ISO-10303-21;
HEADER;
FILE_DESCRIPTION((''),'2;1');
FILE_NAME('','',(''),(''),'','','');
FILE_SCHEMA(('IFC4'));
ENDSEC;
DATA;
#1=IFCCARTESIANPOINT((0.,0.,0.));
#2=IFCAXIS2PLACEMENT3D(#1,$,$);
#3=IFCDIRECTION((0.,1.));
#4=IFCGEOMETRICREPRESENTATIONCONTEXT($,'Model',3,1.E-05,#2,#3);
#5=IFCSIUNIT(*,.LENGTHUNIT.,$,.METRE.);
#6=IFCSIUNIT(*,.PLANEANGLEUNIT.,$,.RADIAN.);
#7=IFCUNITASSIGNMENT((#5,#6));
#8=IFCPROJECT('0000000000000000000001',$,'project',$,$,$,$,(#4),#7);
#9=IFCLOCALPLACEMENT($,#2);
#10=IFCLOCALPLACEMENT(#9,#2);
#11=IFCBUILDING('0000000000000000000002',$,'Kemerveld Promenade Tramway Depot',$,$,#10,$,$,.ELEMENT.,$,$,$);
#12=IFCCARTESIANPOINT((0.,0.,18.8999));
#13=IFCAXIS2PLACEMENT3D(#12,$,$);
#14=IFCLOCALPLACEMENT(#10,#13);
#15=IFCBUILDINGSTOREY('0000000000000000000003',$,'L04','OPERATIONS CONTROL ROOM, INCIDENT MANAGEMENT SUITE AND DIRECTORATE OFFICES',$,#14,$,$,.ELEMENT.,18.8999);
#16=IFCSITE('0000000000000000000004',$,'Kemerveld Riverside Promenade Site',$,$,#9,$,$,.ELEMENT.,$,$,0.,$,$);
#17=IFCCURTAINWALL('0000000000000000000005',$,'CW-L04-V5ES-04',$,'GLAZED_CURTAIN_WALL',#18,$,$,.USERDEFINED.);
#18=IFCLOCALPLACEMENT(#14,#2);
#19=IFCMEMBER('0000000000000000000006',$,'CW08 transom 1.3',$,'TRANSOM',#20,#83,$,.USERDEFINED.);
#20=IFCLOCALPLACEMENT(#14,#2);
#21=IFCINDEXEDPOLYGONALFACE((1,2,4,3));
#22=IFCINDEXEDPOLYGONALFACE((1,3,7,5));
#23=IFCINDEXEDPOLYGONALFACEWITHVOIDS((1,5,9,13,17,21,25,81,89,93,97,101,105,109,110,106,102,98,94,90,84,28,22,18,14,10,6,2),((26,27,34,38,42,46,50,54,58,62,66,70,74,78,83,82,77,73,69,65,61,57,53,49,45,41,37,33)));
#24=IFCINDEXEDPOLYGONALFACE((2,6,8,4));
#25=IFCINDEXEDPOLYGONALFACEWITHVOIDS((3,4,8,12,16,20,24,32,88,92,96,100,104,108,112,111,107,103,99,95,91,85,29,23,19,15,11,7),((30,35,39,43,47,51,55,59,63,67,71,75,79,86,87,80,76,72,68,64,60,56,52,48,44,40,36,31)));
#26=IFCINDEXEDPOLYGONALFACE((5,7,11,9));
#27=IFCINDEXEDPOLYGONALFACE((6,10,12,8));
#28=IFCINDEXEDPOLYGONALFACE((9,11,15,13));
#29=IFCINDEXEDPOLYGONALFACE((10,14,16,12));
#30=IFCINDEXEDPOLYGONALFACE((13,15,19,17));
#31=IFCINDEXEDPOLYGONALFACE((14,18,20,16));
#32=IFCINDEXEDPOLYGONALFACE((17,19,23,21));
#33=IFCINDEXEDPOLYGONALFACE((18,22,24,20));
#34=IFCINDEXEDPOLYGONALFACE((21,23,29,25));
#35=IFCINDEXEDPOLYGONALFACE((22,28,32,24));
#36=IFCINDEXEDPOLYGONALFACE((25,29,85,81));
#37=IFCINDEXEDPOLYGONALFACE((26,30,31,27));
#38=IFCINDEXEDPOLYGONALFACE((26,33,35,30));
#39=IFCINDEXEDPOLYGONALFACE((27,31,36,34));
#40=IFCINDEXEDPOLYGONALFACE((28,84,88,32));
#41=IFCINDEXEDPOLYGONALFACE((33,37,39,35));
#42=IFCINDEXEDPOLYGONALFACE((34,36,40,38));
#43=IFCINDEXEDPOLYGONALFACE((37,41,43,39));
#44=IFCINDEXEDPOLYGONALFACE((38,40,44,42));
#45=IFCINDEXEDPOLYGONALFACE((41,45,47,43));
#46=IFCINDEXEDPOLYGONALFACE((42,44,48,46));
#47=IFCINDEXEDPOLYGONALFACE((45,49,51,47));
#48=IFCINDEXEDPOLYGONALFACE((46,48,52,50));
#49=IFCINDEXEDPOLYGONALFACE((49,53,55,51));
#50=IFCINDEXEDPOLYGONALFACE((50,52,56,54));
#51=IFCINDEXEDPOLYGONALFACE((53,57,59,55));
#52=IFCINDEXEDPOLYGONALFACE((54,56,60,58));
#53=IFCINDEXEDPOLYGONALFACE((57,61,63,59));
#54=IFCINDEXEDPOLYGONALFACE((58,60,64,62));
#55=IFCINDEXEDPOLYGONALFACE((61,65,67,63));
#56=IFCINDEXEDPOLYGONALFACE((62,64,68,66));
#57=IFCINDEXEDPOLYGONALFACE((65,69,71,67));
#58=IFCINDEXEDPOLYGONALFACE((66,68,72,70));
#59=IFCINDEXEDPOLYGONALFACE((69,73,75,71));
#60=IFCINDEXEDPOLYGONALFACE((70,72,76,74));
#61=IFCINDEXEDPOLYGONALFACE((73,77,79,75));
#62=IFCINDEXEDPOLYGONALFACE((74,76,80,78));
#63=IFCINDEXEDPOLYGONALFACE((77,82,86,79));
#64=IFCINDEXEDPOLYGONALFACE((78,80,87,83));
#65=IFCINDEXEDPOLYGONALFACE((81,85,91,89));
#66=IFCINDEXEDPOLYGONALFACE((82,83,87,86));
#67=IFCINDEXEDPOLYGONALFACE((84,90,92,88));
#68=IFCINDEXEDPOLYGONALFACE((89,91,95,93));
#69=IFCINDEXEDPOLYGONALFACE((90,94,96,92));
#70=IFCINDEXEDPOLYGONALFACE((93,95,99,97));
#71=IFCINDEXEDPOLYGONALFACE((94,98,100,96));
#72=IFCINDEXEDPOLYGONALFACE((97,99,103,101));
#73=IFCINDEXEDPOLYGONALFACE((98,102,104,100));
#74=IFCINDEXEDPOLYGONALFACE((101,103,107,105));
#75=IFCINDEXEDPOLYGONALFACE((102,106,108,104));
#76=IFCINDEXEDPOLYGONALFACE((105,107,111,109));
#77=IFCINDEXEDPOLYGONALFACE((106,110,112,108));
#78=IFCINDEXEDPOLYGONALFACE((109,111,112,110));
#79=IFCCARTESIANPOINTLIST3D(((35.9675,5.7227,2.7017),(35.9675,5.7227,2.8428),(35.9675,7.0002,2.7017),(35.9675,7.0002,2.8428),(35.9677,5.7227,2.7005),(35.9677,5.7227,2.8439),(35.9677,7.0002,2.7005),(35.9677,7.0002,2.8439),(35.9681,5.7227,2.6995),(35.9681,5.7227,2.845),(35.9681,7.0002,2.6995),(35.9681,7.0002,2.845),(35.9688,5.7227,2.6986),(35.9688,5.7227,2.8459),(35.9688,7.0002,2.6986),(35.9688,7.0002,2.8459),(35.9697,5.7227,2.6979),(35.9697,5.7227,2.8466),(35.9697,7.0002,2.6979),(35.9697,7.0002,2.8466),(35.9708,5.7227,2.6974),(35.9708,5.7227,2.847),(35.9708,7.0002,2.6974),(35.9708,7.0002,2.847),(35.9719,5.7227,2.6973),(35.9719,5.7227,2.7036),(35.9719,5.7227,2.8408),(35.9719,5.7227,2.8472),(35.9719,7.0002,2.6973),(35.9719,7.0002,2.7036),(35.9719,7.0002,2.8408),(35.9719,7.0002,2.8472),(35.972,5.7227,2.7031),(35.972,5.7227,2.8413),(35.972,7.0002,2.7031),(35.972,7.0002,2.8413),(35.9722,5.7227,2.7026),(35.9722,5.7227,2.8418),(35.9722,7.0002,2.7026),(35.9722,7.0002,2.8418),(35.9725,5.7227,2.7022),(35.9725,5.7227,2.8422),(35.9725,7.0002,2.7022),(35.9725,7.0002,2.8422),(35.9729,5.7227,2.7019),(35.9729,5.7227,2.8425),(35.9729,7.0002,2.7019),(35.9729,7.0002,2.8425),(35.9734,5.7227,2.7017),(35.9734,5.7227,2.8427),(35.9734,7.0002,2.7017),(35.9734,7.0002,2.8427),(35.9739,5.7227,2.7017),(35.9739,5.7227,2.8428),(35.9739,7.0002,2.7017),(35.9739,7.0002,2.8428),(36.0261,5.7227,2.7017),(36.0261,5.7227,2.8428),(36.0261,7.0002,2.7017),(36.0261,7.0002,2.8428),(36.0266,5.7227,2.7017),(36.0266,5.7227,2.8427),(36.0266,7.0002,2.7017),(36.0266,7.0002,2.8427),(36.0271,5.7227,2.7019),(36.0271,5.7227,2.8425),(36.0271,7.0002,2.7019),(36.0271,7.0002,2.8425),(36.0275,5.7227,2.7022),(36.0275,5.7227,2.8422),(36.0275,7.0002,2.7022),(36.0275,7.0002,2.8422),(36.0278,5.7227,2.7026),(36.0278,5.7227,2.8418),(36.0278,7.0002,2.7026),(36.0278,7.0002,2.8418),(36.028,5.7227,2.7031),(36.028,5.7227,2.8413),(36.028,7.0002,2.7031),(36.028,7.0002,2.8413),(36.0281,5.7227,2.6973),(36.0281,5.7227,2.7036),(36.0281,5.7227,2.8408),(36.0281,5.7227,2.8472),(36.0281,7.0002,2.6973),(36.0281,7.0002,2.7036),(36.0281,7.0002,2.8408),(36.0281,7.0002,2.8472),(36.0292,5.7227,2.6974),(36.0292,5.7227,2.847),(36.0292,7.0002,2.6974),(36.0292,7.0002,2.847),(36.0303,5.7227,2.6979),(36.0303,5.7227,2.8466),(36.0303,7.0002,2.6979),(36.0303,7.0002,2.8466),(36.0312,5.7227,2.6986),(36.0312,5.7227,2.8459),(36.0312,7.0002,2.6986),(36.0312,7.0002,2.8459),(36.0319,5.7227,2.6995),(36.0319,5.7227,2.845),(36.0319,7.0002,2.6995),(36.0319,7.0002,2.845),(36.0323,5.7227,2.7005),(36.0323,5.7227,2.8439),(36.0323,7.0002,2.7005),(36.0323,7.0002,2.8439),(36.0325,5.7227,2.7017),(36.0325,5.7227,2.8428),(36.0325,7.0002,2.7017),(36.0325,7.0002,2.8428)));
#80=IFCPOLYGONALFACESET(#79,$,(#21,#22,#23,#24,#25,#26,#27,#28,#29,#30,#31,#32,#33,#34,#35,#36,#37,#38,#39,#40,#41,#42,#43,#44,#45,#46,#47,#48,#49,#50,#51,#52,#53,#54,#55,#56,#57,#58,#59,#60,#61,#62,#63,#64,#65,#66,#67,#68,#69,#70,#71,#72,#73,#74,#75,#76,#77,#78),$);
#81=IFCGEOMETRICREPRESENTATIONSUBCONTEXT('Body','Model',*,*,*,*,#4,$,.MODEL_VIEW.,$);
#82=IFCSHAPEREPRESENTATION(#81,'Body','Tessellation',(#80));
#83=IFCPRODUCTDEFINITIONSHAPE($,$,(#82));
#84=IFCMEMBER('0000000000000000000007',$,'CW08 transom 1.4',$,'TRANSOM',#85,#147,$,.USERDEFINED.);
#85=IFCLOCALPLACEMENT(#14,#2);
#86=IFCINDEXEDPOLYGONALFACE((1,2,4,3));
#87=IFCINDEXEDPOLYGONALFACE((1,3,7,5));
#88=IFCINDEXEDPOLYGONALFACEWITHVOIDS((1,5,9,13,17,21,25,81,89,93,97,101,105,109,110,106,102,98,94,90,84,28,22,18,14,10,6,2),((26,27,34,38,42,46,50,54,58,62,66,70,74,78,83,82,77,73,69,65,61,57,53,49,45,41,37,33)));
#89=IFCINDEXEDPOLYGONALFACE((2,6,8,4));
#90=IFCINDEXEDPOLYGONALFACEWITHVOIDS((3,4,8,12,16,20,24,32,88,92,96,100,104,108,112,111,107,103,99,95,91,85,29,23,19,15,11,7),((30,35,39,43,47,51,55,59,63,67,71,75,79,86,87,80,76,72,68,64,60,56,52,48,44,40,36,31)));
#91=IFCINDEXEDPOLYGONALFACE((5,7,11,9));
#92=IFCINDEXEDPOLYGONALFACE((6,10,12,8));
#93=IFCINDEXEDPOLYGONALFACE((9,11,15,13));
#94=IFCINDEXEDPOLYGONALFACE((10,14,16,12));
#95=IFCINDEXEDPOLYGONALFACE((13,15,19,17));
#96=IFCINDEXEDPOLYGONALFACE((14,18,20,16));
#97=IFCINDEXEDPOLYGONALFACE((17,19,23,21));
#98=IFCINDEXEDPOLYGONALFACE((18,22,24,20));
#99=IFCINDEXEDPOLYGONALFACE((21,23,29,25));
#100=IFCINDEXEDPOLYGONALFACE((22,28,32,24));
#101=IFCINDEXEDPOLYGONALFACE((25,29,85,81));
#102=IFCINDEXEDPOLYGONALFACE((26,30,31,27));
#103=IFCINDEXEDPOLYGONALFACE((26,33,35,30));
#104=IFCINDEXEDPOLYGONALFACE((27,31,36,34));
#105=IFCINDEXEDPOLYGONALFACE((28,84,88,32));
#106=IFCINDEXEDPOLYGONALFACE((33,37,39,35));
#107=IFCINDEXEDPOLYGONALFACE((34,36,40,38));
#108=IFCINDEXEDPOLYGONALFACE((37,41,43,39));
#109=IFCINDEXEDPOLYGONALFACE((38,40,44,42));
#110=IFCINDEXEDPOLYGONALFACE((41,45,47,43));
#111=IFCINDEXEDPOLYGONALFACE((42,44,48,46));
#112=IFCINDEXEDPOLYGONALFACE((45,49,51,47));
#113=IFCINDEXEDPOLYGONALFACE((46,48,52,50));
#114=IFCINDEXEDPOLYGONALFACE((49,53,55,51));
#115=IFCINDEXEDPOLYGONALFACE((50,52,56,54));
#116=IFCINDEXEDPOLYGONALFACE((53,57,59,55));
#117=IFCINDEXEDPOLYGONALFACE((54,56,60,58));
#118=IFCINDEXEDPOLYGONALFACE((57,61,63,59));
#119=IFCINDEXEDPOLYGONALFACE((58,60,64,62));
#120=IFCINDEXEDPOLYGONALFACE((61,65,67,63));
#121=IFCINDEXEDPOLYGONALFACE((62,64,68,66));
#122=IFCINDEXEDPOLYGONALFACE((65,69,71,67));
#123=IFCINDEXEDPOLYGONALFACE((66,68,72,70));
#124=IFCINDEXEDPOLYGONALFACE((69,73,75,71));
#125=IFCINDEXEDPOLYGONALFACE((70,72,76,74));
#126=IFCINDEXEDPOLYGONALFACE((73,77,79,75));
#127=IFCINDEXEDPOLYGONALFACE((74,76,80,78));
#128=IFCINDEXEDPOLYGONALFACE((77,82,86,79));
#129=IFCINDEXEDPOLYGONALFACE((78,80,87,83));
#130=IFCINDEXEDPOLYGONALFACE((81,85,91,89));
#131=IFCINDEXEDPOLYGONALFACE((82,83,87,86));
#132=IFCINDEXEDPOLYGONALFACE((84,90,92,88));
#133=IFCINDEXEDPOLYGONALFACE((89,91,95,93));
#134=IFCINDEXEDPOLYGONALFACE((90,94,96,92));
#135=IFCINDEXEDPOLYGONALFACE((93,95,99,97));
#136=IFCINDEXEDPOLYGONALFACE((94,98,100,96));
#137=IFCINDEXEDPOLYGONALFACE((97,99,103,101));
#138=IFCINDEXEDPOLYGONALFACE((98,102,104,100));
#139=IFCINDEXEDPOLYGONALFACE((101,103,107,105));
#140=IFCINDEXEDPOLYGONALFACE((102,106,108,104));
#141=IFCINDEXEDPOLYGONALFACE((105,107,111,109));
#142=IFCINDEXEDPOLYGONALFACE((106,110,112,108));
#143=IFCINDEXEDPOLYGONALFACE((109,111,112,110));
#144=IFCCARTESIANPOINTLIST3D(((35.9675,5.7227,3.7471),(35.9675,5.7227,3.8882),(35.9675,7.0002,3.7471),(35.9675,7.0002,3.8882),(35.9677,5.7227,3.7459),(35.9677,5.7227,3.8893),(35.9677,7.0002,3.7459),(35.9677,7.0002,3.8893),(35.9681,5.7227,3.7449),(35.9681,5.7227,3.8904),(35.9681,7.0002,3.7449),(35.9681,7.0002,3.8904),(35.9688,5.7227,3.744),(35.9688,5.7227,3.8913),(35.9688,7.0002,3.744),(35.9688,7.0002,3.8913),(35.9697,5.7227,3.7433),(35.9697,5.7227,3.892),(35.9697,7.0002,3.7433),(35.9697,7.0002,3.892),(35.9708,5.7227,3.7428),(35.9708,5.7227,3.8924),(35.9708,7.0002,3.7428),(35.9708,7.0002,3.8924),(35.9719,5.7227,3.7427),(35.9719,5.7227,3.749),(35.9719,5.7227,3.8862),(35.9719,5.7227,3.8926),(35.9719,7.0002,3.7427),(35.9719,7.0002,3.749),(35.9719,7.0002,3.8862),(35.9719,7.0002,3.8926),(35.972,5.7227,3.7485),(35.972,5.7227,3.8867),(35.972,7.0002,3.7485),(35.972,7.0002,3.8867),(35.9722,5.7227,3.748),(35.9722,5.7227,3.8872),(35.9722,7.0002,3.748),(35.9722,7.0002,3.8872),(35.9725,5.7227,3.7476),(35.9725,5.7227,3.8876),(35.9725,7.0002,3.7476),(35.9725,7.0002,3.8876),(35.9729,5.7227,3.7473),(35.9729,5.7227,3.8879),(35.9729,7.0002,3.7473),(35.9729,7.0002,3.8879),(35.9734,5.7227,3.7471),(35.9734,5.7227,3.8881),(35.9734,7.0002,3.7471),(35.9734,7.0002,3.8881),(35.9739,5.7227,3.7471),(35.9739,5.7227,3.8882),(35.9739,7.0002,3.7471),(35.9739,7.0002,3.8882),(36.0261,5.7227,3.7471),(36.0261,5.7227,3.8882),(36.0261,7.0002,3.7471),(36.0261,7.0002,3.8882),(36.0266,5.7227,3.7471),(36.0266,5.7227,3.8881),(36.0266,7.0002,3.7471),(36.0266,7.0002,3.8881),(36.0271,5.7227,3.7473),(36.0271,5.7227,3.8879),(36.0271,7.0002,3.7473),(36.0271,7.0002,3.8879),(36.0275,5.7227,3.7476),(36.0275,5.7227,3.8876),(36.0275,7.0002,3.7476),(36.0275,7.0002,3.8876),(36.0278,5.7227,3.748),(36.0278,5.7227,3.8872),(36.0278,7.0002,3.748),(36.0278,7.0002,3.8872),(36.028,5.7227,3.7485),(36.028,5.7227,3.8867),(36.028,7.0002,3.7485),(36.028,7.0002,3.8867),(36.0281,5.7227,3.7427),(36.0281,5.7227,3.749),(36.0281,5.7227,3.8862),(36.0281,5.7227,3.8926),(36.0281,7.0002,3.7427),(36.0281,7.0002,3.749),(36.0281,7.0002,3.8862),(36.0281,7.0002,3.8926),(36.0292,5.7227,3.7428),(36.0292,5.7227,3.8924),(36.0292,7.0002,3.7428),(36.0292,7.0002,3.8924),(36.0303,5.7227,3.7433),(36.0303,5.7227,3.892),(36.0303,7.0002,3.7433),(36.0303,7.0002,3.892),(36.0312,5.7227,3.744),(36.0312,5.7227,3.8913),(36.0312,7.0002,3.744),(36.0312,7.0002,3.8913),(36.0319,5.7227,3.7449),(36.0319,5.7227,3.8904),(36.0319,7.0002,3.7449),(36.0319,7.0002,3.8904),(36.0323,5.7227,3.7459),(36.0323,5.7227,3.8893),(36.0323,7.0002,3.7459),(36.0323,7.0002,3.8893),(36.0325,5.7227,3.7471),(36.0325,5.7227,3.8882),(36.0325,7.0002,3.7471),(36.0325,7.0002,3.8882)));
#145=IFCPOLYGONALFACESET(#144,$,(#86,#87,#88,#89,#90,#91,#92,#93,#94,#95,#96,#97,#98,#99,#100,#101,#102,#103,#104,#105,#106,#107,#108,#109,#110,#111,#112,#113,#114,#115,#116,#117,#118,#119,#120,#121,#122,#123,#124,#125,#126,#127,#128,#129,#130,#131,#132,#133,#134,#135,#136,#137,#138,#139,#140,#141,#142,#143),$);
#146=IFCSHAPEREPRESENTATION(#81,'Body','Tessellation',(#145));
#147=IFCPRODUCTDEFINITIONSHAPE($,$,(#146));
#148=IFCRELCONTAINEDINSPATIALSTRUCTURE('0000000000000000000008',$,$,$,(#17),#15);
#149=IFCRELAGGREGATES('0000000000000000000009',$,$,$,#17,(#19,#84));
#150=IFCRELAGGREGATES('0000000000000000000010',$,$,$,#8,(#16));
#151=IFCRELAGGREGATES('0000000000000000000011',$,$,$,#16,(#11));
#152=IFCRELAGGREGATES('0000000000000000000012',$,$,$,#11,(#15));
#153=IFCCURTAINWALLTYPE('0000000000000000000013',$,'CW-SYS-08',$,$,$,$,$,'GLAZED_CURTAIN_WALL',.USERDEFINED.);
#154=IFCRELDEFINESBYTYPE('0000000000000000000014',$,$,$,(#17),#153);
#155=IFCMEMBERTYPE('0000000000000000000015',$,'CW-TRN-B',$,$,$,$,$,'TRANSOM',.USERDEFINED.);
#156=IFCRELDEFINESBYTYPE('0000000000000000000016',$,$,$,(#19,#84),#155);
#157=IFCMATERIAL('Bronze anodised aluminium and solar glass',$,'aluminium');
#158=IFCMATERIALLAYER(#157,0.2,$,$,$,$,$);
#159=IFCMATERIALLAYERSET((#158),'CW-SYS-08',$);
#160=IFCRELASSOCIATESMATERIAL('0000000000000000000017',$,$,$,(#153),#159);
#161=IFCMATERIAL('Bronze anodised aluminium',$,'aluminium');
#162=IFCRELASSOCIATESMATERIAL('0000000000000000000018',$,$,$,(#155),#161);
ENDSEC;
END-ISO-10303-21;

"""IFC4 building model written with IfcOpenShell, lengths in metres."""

from ifc_helpers import new_model, si_unit, direction, frame, origin, origin_2d, place, context, subcontext, project, spatial, hollow_rectangle, extrude, material, layer, layer_set, material_profile, profile_set, type_object, element, aggregate, save


model = new_model("IFC4")

# Units and contexts
model_context = context("Model", 3, precision=1e-05, world=origin(), true_north=direction((0.0, 1.0)))
body_context = subcontext(model_context, "Body", "Model", "MODEL_VIEW")
ifc_project = project(units=[si_unit("LENGTHUNIT", "METRE"), si_unit("PLANEANGLEUNIT", "RADIAN")], contexts=[model_context])

# Site, building, storey
site_placement = place(None, origin())
site = spatial("IfcSite", under=ifc_project, at=site_placement, Name="Kemerveld Riverside Promenade Site", CompositionType="ELEMENT", RefElevation=0.0)
building_placement = place(site_placement, origin())
building = spatial("IfcBuilding", under=site, at=building_placement, Name="Kemerveld Promenade Tramway Depot", CompositionType="ELEMENT")
storey_placement = place(building_placement, frame((0.0, 0.0, 18.8999)))
storey = spatial("IfcBuildingStorey", under=building, at=storey_placement, Name="L04", Description="OPERATIONS CONTROL ROOM, INCIDENT MANAGEMENT SUITE AND DIRECTORATE OFFICES", CompositionType="ELEMENT", Elevation=18.8999)

# Curtain wall, members
ifc_material_1 = material(Name="Bronze anodised aluminium and solar glass", Category="aluminium")
ifc_layer_1 = layer(ifc_material_1, 0.2)
ifc_layer_set_1 = layer_set([ifc_layer_1], Name="CW-SYS-08")
curtain_wall_type = type_object("IfcCurtainWallType", Name="CW-SYS-08", ElementType="GLAZED_CURTAIN_WALL", PredefinedType="USERDEFINED", material=ifc_layer_set_1)
curtain_wall_placement = place(storey_placement, origin())
curtain_wall = element("IfcCurtainWall", 1, at=curtain_wall_placement, inside=storey, type_object=curtain_wall_type, Name="CW-L04-V5ES-04", ObjectType="GLAZED_CURTAIN_WALL", PredefinedType="USERDEFINED")
ifc_material_2 = material(Name="Bronze anodised aluminium", Category="aluminium")
ifc_material_profile_1 = material_profile(ifc_material_2, hollow_rectangle(XDim=0.0649, YDim=0.1499, WallThickness=0.0044, InnerFilletRadius=0.002, OuterFilletRadius=0.0044, at=origin_2d()), Name="CW-TRN-150x65")
ifc_profile_set_1 = profile_set([ifc_material_profile_1], Name="Bronze anodised aluminium")
member_type_1 = type_object("IfcMemberType", Name="CW-TRN-B", ElementType="TRANSOM", PredefinedType="USERDEFINED", material=ifc_profile_set_1)
member_1_placement = place(storey_placement, frame((36.0, 7.0002, 2.7722), z_axis=(0.0, -1.0, 0.0), x_axis=(1.0, 0.0, 0.0)))
member_1 = element("IfcMember", 2, at=member_1_placement, type_object=member_type_1, Name="CW08 transom 1.3", ObjectType="TRANSOM", PredefinedType="USERDEFINED", context=body_context, shape_type="SweptSolid", body=[
    extrude(hollow_rectangle(XDim=0.0649, YDim=0.1499, WallThickness=0.0044, InnerFilletRadius=0.002, OuterFilletRadius=0.0044, at=origin_2d()), origin(), (0.0, 0.0, 1.0), 1.2776),
])
member_2_placement = place(storey_placement, frame((36.0, 7.0002, 3.8176), z_axis=(0.0, -1.0, 0.0), x_axis=(1.0, 0.0, 0.0)))
member_2 = element("IfcMember", 3, at=member_2_placement, type_object=member_type_1, Name="CW08 transom 1.4", ObjectType="TRANSOM", PredefinedType="USERDEFINED", context=body_context, shape_type="SweptSolid", body=[
    extrude(hollow_rectangle(XDim=0.0649, YDim=0.1499, WallThickness=0.0044, InnerFilletRadius=0.002, OuterFilletRadius=0.0044, at=origin_2d()), origin(), (0.0, 0.0, 1.0), 1.2776),
])
aggregate(curtain_wall, [member_1, member_2])

save(model, "model.ifc")
